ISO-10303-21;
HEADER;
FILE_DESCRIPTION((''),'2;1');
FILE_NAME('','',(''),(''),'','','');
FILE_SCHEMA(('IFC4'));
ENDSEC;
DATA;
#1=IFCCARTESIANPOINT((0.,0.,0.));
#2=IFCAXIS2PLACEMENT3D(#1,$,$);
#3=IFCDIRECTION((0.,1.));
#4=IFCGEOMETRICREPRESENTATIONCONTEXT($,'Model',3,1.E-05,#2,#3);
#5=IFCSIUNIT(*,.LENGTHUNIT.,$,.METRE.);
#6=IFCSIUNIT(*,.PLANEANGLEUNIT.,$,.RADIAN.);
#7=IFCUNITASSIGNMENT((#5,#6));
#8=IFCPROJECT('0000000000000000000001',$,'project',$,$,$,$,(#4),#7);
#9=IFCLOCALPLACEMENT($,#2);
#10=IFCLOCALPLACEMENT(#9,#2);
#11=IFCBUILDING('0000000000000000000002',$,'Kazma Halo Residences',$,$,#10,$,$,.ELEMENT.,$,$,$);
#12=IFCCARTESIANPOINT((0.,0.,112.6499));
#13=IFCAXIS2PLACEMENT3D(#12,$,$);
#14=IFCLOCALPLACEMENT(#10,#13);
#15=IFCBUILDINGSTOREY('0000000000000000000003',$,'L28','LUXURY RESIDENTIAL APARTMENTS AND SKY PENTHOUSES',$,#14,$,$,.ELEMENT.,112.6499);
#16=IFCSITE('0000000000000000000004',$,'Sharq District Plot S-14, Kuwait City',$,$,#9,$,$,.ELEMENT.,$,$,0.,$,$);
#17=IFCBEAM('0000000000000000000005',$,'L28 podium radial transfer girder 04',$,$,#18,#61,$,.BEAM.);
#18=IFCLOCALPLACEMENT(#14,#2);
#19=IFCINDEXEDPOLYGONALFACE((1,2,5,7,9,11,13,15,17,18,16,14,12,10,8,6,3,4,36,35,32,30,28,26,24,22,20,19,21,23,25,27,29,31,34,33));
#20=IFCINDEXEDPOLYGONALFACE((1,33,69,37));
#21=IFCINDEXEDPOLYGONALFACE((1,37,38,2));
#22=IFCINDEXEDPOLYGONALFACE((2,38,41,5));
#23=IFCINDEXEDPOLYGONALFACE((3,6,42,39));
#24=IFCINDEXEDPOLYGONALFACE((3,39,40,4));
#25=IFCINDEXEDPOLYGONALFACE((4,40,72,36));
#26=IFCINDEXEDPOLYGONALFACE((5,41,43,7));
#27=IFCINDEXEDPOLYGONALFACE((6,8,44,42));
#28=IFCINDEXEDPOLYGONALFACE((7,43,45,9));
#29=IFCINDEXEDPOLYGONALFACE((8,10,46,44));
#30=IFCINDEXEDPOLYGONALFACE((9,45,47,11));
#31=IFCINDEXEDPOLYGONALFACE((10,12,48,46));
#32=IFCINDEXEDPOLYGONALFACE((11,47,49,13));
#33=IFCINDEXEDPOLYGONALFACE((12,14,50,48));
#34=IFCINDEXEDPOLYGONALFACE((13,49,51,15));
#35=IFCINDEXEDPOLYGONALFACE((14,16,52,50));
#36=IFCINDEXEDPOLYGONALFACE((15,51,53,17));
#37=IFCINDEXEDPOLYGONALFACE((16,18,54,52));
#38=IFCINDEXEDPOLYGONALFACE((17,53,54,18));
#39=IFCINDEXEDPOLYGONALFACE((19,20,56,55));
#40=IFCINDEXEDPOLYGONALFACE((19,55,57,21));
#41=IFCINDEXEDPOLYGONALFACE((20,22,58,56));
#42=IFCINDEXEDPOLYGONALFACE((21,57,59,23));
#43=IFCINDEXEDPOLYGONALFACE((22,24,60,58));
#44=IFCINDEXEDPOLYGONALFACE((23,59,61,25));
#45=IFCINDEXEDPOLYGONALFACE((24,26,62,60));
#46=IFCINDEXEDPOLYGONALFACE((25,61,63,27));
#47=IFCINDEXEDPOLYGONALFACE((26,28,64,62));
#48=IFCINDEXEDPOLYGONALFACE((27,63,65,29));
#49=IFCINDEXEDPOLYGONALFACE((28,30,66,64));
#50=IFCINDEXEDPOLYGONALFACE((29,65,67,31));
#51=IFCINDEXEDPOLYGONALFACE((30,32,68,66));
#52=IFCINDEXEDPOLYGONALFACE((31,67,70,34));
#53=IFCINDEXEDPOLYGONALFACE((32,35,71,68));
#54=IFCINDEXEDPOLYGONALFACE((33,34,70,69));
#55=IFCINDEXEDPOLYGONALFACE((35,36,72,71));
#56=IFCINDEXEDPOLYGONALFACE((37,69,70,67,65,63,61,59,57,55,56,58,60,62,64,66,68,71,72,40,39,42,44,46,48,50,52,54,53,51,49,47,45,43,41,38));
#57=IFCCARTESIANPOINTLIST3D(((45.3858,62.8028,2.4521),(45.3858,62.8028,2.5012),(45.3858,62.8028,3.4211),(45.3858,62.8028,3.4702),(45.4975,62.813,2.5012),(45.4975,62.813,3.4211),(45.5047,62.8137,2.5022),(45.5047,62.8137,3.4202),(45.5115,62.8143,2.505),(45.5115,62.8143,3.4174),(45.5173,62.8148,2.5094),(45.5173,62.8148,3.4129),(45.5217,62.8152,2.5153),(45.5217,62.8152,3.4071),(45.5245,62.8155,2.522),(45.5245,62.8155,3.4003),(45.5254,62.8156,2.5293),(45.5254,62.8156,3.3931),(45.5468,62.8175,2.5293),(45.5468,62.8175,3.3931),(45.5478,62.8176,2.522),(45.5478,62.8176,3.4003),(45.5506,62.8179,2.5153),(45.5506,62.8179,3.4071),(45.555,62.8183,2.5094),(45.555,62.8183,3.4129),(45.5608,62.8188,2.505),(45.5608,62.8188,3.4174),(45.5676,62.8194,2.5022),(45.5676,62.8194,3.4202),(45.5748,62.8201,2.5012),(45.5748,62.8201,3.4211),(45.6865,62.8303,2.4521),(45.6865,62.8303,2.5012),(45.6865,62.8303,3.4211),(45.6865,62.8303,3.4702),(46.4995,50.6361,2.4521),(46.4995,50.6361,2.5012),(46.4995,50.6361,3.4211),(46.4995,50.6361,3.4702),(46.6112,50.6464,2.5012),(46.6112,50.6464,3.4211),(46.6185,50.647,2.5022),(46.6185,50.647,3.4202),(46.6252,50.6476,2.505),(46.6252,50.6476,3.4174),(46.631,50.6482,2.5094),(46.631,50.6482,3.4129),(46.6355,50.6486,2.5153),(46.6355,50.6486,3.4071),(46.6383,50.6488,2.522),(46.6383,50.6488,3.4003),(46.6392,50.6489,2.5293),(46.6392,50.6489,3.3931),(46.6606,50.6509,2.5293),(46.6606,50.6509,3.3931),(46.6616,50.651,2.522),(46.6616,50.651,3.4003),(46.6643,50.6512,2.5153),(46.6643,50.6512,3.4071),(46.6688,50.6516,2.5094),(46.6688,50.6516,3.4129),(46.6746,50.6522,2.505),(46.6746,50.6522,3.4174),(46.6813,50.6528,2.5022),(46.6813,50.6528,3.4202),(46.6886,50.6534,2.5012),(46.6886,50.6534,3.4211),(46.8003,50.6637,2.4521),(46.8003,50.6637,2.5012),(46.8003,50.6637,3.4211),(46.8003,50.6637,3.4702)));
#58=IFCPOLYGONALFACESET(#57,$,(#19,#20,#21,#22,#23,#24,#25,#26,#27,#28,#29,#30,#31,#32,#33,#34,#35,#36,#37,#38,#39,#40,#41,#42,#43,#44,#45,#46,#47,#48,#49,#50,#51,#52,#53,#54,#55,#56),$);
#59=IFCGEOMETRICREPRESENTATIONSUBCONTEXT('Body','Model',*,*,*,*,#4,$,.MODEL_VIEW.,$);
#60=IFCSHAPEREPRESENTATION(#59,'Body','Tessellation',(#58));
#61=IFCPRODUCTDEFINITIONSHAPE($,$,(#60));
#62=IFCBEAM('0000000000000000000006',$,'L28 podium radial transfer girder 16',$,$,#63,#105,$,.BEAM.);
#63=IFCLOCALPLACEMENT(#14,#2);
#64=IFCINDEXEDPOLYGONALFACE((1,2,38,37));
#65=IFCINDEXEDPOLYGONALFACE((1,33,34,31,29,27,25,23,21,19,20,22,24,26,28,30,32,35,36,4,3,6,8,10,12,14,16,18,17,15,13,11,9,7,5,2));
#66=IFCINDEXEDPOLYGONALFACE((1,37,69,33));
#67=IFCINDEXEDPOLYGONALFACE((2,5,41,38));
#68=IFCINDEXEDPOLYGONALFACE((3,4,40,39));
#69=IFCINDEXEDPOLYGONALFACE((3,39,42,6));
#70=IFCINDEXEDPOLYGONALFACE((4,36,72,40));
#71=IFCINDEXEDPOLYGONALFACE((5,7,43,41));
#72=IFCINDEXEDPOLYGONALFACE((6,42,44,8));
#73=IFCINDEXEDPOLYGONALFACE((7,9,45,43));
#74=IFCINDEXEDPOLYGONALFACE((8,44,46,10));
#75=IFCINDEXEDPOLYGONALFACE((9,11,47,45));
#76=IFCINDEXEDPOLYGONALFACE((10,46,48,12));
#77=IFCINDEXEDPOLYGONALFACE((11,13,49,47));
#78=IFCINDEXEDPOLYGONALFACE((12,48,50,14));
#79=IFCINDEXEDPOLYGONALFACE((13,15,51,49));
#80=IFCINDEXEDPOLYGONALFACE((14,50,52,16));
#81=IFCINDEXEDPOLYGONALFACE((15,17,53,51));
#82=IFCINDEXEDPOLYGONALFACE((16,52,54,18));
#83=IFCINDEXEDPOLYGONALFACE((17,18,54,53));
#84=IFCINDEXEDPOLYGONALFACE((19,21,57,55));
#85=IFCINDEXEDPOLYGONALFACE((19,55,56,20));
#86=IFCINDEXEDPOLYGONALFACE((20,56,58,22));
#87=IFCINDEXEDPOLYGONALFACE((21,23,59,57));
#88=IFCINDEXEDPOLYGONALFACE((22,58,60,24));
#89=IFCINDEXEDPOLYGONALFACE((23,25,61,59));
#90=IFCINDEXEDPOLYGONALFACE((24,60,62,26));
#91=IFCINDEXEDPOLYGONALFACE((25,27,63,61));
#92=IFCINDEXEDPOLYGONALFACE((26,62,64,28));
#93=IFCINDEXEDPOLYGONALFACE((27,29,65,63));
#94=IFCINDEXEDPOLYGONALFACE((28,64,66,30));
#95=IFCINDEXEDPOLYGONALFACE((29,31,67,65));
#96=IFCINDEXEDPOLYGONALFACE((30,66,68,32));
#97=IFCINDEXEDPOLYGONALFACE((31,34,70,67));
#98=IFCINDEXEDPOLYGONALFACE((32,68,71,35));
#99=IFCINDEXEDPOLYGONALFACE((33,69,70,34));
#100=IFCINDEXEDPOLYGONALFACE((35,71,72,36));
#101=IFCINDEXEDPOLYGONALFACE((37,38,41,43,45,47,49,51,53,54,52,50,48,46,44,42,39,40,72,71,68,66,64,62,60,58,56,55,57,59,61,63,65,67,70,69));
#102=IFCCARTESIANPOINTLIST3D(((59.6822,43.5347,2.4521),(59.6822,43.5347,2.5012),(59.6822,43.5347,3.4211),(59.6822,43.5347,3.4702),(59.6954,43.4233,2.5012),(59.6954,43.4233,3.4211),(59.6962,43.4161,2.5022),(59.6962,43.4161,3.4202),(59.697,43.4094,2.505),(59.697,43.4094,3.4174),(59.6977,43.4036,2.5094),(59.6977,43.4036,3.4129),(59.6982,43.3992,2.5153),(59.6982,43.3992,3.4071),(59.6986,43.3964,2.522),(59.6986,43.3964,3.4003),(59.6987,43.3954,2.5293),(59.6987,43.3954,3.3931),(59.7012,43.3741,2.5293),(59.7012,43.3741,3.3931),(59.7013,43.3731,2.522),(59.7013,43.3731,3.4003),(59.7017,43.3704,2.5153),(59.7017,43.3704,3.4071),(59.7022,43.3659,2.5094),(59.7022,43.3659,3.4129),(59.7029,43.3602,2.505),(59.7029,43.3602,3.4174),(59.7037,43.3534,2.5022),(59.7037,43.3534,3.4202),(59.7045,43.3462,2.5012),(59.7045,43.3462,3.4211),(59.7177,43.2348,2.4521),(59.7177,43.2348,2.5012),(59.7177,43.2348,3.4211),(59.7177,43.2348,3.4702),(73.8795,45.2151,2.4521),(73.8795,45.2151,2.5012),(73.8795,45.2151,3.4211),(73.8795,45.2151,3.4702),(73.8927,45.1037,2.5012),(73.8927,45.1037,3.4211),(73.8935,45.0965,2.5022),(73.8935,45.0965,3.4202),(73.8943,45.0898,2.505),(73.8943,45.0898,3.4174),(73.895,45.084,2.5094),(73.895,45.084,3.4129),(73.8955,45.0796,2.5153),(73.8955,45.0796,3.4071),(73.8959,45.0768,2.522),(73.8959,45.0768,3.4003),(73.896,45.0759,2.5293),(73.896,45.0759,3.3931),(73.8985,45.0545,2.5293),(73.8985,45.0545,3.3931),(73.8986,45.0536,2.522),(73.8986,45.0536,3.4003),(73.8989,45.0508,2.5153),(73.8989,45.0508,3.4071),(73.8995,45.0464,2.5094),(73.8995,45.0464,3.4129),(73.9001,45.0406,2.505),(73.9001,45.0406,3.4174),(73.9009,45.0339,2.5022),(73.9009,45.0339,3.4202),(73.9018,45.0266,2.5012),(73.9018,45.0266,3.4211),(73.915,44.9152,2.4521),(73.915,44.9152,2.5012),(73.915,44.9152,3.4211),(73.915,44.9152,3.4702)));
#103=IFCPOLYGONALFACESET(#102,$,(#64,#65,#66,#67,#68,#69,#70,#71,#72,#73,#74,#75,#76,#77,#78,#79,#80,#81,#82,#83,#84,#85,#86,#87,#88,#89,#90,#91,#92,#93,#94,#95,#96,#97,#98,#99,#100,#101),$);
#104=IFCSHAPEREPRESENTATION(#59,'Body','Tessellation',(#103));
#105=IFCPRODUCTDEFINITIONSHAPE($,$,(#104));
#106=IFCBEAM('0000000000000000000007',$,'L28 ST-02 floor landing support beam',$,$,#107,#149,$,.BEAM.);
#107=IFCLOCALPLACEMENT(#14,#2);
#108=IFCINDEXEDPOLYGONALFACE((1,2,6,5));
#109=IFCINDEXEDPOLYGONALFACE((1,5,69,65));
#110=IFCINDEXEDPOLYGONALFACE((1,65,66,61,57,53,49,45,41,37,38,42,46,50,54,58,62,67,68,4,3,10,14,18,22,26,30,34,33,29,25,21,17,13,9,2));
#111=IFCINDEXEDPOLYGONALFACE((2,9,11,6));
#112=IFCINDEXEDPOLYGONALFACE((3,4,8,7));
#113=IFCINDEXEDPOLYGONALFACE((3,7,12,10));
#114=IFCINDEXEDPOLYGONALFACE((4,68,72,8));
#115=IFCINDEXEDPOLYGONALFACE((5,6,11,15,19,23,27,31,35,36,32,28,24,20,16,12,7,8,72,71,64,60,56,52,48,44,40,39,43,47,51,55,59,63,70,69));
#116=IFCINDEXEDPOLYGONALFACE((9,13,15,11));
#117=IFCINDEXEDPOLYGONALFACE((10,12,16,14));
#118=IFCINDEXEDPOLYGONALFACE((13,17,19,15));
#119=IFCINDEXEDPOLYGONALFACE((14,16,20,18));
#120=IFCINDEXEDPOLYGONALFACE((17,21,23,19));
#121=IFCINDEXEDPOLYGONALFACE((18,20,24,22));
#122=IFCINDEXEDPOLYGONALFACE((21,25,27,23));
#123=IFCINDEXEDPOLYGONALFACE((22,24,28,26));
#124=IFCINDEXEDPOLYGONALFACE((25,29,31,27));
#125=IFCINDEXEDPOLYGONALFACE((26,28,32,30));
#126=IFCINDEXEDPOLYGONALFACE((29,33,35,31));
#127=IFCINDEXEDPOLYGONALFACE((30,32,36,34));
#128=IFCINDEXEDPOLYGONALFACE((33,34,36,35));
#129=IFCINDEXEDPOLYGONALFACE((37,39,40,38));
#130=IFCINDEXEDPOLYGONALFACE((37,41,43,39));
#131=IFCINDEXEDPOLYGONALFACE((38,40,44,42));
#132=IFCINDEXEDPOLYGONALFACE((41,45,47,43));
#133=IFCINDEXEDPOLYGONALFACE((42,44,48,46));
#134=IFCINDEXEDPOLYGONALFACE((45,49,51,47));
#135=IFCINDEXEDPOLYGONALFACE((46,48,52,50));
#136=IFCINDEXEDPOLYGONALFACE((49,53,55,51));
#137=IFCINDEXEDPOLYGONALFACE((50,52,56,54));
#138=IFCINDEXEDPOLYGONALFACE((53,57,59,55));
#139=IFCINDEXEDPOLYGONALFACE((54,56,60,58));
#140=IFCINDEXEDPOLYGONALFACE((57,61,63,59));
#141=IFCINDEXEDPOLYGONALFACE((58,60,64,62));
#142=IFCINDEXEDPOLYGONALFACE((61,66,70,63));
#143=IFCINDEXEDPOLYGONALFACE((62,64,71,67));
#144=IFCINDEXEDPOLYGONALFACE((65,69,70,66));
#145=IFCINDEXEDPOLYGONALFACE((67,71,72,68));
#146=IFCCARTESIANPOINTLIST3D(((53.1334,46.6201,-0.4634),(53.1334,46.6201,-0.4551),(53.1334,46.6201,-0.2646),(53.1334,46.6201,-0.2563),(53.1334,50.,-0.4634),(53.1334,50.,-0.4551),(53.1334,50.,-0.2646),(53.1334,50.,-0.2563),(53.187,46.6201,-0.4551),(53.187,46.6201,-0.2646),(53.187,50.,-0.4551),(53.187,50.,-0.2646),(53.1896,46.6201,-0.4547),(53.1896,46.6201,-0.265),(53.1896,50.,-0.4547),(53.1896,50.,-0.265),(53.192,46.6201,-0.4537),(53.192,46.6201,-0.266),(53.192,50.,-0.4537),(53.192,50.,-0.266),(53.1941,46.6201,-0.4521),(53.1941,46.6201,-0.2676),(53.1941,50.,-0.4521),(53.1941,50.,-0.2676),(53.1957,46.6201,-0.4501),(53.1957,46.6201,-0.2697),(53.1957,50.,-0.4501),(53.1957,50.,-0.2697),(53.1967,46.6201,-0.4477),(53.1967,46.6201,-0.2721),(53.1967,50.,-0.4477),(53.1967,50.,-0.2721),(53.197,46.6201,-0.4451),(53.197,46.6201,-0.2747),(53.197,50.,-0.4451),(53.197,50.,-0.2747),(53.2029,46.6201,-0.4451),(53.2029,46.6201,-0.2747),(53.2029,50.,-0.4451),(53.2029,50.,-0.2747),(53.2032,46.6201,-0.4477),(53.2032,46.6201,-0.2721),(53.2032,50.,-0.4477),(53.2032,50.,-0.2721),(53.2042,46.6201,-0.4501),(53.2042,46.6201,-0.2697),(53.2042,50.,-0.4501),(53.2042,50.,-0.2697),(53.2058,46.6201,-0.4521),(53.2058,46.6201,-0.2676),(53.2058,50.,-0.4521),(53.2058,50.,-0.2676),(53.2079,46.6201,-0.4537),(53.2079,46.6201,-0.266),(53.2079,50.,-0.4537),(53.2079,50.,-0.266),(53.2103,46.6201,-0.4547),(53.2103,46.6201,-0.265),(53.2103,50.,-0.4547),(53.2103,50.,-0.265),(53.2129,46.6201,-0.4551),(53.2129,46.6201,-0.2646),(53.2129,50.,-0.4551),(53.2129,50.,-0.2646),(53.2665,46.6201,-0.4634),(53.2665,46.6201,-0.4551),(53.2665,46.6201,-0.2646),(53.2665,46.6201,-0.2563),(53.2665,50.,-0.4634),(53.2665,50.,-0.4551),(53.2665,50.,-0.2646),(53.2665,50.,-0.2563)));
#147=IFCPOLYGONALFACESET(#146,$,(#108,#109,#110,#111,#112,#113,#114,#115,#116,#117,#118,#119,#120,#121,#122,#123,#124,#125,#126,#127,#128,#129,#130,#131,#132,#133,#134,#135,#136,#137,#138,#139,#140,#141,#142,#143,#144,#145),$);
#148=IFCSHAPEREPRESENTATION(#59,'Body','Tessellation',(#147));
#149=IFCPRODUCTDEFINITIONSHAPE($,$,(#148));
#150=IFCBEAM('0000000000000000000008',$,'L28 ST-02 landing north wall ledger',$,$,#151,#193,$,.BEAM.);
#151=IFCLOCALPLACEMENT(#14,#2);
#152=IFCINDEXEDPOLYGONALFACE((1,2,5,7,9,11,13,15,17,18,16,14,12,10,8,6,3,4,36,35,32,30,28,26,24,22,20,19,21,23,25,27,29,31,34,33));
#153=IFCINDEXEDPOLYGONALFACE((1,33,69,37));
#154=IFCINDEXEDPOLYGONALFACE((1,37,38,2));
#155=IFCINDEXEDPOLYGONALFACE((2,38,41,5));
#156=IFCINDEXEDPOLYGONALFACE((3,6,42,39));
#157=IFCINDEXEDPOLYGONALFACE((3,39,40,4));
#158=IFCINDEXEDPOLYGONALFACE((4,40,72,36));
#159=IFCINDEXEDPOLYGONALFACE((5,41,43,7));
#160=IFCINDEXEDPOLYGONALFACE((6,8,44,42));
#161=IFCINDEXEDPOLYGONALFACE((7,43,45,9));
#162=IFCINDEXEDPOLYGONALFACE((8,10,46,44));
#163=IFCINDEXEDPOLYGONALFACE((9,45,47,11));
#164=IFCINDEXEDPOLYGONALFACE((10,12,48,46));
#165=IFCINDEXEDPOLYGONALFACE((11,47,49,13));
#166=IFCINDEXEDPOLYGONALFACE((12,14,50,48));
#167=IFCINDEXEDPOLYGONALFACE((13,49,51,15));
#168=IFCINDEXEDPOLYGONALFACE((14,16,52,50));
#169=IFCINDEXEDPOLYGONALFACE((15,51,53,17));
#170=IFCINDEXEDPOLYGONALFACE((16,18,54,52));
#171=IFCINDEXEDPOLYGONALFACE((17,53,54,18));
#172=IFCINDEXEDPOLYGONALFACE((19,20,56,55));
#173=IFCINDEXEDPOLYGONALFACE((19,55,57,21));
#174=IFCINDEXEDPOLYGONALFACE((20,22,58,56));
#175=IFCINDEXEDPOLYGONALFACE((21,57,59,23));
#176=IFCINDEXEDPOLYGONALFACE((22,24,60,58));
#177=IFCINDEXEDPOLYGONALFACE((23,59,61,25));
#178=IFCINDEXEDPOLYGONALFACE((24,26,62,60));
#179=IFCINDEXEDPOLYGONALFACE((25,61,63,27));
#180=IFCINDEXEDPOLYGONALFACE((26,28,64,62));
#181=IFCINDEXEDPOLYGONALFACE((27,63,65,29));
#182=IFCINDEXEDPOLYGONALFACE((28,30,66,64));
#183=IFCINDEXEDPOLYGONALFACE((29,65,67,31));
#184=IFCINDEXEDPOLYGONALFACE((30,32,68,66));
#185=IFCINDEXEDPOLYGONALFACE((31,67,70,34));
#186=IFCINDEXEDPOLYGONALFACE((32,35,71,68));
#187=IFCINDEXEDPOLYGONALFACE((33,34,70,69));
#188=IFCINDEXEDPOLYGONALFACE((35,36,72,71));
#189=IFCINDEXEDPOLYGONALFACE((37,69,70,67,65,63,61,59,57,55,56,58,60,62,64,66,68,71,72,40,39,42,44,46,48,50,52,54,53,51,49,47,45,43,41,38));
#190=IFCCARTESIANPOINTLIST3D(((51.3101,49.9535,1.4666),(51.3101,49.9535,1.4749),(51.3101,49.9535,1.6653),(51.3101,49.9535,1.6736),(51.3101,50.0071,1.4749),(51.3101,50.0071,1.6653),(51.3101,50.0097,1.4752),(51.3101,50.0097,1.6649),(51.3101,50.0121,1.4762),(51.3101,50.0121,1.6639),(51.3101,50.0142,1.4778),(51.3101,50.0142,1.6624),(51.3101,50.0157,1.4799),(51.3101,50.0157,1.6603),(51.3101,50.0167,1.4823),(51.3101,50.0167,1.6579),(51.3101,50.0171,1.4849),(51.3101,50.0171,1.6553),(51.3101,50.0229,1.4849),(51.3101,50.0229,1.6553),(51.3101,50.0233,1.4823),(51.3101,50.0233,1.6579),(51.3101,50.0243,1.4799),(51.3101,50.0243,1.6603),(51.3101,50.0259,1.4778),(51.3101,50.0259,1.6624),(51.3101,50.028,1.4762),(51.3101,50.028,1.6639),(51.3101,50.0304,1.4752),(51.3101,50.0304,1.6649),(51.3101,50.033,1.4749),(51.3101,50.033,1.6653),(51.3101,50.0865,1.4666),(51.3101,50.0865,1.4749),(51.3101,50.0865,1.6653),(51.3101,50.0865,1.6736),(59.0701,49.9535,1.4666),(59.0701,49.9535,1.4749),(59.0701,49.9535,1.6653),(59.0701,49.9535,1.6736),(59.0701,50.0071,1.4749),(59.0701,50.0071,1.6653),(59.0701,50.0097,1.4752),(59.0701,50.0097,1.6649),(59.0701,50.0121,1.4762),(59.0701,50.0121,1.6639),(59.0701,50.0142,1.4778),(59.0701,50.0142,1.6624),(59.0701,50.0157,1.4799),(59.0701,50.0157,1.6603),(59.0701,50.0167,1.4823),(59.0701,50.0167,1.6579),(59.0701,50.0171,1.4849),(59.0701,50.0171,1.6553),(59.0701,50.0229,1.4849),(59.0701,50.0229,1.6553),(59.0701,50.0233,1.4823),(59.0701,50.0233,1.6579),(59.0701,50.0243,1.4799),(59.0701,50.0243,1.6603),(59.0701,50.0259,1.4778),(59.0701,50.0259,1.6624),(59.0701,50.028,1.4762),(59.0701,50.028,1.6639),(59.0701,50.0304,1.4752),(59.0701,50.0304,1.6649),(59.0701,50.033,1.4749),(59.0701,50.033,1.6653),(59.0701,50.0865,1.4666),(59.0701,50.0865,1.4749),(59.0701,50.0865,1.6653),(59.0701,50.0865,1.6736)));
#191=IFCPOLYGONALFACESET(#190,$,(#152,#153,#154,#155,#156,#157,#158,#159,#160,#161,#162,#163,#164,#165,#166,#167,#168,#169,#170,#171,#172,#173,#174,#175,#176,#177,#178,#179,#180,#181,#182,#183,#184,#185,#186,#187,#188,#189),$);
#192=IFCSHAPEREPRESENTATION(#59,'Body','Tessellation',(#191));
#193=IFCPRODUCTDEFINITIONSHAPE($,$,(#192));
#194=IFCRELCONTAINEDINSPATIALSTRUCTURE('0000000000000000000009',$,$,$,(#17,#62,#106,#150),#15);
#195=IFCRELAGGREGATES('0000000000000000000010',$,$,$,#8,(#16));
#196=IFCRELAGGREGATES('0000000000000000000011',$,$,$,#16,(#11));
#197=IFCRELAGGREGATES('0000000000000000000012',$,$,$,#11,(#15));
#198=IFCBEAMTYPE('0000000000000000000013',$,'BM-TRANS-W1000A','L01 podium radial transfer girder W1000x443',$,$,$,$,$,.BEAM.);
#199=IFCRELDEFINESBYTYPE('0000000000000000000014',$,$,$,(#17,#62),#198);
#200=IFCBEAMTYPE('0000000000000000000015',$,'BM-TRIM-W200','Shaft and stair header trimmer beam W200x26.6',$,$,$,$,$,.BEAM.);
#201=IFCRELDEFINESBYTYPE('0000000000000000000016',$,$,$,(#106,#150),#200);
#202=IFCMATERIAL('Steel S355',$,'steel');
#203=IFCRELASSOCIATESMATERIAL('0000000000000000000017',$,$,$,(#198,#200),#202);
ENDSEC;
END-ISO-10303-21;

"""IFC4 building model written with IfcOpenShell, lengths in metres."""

from ifc_helpers import new_model, si_unit, direction, frame, origin, origin_2d, place, context, subcontext, project, spatial, i_section, extrude, material, material_profile, profile_set, type_object, element, save


model = new_model("IFC4")

# Units and contexts
model_context = context("Model", 3, precision=1e-05, world=origin(), true_north=direction((0.0, 1.0)))
body_context = subcontext(model_context, "Body", "Model", "MODEL_VIEW")
ifc_project = project(units=[si_unit("LENGTHUNIT", "METRE"), si_unit("PLANEANGLEUNIT", "RADIAN")], contexts=[model_context])

# Site, building, storey
site_placement = place(None, origin())
site = spatial("IfcSite", under=ifc_project, at=site_placement, Name="Sharq District Plot S-14, Kuwait City", CompositionType="ELEMENT", RefElevation=0.0)
building_placement = place(site_placement, origin())
building = spatial("IfcBuilding", under=site, at=building_placement, Name="Kazma Halo Residences", CompositionType="ELEMENT")
storey_placement = place(building_placement, frame((0.0, 0.0, 112.6499)))
storey = spatial("IfcBuildingStorey", under=building, at=storey_placement, Name="L28", Description="LUXURY RESIDENTIAL APARTMENTS AND SKY PENTHOUSES", CompositionType="ELEMENT", Elevation=112.6499)

# Shared definitions
ifc_material_1 = material(Name="Steel S355", Category="steel")

# Beams
ifc_material_profile_1 = material_profile(ifc_material_1, i_section(OverallWidth=0.302, OverallDepth=1.0181, WebThickness=0.0215, FlangeThickness=0.0491, FilletRadius=0.0281, at=origin_2d()), Name="W1000x443")
ifc_profile_set_1 = profile_set([ifc_material_profile_1], Name="Steel S355")
beam_type_1 = type_object("IfcBeamType", Name="BM-TRANS-W1000A", Description="L01 podium radial transfer girder W1000x443", PredefinedType="BEAM", material=ifc_profile_set_1)
beam_1_placement = place(storey_placement, frame((46.6499, 50.6499, 2.9612), z_axis=(-0.091161, 0.995836, 0.0), x_axis=(-0.995836, -0.091161, 0.0)))
element("IfcBeam", 1, at=beam_1_placement, inside=storey, type_object=beam_type_1, Name="L28 podium radial transfer girder 04", PredefinedType="BEAM", context=body_context, shape_type="SweptSolid", body=[
    extrude(i_section(OverallWidth=0.302, OverallDepth=1.0181, WebThickness=0.0215, FlangeThickness=0.0491, FilletRadius=0.0281, at=origin_2d()), origin(), (0.0, 0.0, 1.0), 12.2175),
])
beam_2_placement = place(storey_placement, frame((59.7, 43.3848, 2.9612), z_axis=(0.993068, 0.117542, 0.0), x_axis=(-0.117542, 0.993068, 0.0)))
element("IfcBeam", 2, at=beam_2_placement, inside=storey, type_object=beam_type_1, Name="L28 podium radial transfer girder 16", PredefinedType="BEAM", context=body_context, shape_type="SweptSolid", body=[
    extrude(i_section(OverallWidth=0.302, OverallDepth=1.0181, WebThickness=0.0215, FlangeThickness=0.0491, FilletRadius=0.0281, at=origin_2d()), origin(), (0.0, 0.0, 1.0), 14.2964),
])
ifc_material_profile_2 = material_profile(ifc_material_1, i_section(OverallWidth=0.1331, OverallDepth=0.207, WebThickness=0.0059, FlangeThickness=0.0083, FilletRadius=0.01, at=origin_2d()), Name="W200x26.6")
ifc_profile_set_2 = profile_set([ifc_material_profile_2], Name="Steel S355")
beam_type_2 = type_object("IfcBeamType", Name="BM-TRIM-W200", Description="Shaft and stair header trimmer beam W200x26.6", PredefinedType="BEAM", material=ifc_profile_set_2)
beam_3_placement = place(storey_placement, frame((53.2, 46.6201, -0.3599), z_axis=(0.0, 1.0, 0.0), x_axis=(-1.0, 0.0, 0.0)))
element("IfcBeam", 3, at=beam_3_placement, inside=storey, type_object=beam_type_2, Name="L28 ST-02 floor landing support beam", PredefinedType="BEAM", context=body_context, shape_type="SweptSolid", body=[
    extrude(i_section(OverallWidth=0.1331, OverallDepth=0.207, WebThickness=0.0059, FlangeThickness=0.0083, FilletRadius=0.01, at=origin_2d()), origin(), (0.0, 0.0, 1.0), 3.3799),
])
beam_4_placement = place(storey_placement, frame((51.3101, 50.02, 1.5701), z_axis=(1.0, 0.0, 0.0), x_axis=(0.0, 1.0, 0.0)))
element("IfcBeam", 4, at=beam_4_placement, inside=storey, type_object=beam_type_2, Name="L28 ST-02 landing north wall ledger", PredefinedType="BEAM", context=body_context, shape_type="SweptSolid", body=[
    extrude(i_section(OverallWidth=0.1331, OverallDepth=0.207, WebThickness=0.0059, FlangeThickness=0.0083, FilletRadius=0.01, at=origin_2d()), origin(), (0.0, 0.0, 1.0), 7.76),
])

save(model, "model.ifc")
